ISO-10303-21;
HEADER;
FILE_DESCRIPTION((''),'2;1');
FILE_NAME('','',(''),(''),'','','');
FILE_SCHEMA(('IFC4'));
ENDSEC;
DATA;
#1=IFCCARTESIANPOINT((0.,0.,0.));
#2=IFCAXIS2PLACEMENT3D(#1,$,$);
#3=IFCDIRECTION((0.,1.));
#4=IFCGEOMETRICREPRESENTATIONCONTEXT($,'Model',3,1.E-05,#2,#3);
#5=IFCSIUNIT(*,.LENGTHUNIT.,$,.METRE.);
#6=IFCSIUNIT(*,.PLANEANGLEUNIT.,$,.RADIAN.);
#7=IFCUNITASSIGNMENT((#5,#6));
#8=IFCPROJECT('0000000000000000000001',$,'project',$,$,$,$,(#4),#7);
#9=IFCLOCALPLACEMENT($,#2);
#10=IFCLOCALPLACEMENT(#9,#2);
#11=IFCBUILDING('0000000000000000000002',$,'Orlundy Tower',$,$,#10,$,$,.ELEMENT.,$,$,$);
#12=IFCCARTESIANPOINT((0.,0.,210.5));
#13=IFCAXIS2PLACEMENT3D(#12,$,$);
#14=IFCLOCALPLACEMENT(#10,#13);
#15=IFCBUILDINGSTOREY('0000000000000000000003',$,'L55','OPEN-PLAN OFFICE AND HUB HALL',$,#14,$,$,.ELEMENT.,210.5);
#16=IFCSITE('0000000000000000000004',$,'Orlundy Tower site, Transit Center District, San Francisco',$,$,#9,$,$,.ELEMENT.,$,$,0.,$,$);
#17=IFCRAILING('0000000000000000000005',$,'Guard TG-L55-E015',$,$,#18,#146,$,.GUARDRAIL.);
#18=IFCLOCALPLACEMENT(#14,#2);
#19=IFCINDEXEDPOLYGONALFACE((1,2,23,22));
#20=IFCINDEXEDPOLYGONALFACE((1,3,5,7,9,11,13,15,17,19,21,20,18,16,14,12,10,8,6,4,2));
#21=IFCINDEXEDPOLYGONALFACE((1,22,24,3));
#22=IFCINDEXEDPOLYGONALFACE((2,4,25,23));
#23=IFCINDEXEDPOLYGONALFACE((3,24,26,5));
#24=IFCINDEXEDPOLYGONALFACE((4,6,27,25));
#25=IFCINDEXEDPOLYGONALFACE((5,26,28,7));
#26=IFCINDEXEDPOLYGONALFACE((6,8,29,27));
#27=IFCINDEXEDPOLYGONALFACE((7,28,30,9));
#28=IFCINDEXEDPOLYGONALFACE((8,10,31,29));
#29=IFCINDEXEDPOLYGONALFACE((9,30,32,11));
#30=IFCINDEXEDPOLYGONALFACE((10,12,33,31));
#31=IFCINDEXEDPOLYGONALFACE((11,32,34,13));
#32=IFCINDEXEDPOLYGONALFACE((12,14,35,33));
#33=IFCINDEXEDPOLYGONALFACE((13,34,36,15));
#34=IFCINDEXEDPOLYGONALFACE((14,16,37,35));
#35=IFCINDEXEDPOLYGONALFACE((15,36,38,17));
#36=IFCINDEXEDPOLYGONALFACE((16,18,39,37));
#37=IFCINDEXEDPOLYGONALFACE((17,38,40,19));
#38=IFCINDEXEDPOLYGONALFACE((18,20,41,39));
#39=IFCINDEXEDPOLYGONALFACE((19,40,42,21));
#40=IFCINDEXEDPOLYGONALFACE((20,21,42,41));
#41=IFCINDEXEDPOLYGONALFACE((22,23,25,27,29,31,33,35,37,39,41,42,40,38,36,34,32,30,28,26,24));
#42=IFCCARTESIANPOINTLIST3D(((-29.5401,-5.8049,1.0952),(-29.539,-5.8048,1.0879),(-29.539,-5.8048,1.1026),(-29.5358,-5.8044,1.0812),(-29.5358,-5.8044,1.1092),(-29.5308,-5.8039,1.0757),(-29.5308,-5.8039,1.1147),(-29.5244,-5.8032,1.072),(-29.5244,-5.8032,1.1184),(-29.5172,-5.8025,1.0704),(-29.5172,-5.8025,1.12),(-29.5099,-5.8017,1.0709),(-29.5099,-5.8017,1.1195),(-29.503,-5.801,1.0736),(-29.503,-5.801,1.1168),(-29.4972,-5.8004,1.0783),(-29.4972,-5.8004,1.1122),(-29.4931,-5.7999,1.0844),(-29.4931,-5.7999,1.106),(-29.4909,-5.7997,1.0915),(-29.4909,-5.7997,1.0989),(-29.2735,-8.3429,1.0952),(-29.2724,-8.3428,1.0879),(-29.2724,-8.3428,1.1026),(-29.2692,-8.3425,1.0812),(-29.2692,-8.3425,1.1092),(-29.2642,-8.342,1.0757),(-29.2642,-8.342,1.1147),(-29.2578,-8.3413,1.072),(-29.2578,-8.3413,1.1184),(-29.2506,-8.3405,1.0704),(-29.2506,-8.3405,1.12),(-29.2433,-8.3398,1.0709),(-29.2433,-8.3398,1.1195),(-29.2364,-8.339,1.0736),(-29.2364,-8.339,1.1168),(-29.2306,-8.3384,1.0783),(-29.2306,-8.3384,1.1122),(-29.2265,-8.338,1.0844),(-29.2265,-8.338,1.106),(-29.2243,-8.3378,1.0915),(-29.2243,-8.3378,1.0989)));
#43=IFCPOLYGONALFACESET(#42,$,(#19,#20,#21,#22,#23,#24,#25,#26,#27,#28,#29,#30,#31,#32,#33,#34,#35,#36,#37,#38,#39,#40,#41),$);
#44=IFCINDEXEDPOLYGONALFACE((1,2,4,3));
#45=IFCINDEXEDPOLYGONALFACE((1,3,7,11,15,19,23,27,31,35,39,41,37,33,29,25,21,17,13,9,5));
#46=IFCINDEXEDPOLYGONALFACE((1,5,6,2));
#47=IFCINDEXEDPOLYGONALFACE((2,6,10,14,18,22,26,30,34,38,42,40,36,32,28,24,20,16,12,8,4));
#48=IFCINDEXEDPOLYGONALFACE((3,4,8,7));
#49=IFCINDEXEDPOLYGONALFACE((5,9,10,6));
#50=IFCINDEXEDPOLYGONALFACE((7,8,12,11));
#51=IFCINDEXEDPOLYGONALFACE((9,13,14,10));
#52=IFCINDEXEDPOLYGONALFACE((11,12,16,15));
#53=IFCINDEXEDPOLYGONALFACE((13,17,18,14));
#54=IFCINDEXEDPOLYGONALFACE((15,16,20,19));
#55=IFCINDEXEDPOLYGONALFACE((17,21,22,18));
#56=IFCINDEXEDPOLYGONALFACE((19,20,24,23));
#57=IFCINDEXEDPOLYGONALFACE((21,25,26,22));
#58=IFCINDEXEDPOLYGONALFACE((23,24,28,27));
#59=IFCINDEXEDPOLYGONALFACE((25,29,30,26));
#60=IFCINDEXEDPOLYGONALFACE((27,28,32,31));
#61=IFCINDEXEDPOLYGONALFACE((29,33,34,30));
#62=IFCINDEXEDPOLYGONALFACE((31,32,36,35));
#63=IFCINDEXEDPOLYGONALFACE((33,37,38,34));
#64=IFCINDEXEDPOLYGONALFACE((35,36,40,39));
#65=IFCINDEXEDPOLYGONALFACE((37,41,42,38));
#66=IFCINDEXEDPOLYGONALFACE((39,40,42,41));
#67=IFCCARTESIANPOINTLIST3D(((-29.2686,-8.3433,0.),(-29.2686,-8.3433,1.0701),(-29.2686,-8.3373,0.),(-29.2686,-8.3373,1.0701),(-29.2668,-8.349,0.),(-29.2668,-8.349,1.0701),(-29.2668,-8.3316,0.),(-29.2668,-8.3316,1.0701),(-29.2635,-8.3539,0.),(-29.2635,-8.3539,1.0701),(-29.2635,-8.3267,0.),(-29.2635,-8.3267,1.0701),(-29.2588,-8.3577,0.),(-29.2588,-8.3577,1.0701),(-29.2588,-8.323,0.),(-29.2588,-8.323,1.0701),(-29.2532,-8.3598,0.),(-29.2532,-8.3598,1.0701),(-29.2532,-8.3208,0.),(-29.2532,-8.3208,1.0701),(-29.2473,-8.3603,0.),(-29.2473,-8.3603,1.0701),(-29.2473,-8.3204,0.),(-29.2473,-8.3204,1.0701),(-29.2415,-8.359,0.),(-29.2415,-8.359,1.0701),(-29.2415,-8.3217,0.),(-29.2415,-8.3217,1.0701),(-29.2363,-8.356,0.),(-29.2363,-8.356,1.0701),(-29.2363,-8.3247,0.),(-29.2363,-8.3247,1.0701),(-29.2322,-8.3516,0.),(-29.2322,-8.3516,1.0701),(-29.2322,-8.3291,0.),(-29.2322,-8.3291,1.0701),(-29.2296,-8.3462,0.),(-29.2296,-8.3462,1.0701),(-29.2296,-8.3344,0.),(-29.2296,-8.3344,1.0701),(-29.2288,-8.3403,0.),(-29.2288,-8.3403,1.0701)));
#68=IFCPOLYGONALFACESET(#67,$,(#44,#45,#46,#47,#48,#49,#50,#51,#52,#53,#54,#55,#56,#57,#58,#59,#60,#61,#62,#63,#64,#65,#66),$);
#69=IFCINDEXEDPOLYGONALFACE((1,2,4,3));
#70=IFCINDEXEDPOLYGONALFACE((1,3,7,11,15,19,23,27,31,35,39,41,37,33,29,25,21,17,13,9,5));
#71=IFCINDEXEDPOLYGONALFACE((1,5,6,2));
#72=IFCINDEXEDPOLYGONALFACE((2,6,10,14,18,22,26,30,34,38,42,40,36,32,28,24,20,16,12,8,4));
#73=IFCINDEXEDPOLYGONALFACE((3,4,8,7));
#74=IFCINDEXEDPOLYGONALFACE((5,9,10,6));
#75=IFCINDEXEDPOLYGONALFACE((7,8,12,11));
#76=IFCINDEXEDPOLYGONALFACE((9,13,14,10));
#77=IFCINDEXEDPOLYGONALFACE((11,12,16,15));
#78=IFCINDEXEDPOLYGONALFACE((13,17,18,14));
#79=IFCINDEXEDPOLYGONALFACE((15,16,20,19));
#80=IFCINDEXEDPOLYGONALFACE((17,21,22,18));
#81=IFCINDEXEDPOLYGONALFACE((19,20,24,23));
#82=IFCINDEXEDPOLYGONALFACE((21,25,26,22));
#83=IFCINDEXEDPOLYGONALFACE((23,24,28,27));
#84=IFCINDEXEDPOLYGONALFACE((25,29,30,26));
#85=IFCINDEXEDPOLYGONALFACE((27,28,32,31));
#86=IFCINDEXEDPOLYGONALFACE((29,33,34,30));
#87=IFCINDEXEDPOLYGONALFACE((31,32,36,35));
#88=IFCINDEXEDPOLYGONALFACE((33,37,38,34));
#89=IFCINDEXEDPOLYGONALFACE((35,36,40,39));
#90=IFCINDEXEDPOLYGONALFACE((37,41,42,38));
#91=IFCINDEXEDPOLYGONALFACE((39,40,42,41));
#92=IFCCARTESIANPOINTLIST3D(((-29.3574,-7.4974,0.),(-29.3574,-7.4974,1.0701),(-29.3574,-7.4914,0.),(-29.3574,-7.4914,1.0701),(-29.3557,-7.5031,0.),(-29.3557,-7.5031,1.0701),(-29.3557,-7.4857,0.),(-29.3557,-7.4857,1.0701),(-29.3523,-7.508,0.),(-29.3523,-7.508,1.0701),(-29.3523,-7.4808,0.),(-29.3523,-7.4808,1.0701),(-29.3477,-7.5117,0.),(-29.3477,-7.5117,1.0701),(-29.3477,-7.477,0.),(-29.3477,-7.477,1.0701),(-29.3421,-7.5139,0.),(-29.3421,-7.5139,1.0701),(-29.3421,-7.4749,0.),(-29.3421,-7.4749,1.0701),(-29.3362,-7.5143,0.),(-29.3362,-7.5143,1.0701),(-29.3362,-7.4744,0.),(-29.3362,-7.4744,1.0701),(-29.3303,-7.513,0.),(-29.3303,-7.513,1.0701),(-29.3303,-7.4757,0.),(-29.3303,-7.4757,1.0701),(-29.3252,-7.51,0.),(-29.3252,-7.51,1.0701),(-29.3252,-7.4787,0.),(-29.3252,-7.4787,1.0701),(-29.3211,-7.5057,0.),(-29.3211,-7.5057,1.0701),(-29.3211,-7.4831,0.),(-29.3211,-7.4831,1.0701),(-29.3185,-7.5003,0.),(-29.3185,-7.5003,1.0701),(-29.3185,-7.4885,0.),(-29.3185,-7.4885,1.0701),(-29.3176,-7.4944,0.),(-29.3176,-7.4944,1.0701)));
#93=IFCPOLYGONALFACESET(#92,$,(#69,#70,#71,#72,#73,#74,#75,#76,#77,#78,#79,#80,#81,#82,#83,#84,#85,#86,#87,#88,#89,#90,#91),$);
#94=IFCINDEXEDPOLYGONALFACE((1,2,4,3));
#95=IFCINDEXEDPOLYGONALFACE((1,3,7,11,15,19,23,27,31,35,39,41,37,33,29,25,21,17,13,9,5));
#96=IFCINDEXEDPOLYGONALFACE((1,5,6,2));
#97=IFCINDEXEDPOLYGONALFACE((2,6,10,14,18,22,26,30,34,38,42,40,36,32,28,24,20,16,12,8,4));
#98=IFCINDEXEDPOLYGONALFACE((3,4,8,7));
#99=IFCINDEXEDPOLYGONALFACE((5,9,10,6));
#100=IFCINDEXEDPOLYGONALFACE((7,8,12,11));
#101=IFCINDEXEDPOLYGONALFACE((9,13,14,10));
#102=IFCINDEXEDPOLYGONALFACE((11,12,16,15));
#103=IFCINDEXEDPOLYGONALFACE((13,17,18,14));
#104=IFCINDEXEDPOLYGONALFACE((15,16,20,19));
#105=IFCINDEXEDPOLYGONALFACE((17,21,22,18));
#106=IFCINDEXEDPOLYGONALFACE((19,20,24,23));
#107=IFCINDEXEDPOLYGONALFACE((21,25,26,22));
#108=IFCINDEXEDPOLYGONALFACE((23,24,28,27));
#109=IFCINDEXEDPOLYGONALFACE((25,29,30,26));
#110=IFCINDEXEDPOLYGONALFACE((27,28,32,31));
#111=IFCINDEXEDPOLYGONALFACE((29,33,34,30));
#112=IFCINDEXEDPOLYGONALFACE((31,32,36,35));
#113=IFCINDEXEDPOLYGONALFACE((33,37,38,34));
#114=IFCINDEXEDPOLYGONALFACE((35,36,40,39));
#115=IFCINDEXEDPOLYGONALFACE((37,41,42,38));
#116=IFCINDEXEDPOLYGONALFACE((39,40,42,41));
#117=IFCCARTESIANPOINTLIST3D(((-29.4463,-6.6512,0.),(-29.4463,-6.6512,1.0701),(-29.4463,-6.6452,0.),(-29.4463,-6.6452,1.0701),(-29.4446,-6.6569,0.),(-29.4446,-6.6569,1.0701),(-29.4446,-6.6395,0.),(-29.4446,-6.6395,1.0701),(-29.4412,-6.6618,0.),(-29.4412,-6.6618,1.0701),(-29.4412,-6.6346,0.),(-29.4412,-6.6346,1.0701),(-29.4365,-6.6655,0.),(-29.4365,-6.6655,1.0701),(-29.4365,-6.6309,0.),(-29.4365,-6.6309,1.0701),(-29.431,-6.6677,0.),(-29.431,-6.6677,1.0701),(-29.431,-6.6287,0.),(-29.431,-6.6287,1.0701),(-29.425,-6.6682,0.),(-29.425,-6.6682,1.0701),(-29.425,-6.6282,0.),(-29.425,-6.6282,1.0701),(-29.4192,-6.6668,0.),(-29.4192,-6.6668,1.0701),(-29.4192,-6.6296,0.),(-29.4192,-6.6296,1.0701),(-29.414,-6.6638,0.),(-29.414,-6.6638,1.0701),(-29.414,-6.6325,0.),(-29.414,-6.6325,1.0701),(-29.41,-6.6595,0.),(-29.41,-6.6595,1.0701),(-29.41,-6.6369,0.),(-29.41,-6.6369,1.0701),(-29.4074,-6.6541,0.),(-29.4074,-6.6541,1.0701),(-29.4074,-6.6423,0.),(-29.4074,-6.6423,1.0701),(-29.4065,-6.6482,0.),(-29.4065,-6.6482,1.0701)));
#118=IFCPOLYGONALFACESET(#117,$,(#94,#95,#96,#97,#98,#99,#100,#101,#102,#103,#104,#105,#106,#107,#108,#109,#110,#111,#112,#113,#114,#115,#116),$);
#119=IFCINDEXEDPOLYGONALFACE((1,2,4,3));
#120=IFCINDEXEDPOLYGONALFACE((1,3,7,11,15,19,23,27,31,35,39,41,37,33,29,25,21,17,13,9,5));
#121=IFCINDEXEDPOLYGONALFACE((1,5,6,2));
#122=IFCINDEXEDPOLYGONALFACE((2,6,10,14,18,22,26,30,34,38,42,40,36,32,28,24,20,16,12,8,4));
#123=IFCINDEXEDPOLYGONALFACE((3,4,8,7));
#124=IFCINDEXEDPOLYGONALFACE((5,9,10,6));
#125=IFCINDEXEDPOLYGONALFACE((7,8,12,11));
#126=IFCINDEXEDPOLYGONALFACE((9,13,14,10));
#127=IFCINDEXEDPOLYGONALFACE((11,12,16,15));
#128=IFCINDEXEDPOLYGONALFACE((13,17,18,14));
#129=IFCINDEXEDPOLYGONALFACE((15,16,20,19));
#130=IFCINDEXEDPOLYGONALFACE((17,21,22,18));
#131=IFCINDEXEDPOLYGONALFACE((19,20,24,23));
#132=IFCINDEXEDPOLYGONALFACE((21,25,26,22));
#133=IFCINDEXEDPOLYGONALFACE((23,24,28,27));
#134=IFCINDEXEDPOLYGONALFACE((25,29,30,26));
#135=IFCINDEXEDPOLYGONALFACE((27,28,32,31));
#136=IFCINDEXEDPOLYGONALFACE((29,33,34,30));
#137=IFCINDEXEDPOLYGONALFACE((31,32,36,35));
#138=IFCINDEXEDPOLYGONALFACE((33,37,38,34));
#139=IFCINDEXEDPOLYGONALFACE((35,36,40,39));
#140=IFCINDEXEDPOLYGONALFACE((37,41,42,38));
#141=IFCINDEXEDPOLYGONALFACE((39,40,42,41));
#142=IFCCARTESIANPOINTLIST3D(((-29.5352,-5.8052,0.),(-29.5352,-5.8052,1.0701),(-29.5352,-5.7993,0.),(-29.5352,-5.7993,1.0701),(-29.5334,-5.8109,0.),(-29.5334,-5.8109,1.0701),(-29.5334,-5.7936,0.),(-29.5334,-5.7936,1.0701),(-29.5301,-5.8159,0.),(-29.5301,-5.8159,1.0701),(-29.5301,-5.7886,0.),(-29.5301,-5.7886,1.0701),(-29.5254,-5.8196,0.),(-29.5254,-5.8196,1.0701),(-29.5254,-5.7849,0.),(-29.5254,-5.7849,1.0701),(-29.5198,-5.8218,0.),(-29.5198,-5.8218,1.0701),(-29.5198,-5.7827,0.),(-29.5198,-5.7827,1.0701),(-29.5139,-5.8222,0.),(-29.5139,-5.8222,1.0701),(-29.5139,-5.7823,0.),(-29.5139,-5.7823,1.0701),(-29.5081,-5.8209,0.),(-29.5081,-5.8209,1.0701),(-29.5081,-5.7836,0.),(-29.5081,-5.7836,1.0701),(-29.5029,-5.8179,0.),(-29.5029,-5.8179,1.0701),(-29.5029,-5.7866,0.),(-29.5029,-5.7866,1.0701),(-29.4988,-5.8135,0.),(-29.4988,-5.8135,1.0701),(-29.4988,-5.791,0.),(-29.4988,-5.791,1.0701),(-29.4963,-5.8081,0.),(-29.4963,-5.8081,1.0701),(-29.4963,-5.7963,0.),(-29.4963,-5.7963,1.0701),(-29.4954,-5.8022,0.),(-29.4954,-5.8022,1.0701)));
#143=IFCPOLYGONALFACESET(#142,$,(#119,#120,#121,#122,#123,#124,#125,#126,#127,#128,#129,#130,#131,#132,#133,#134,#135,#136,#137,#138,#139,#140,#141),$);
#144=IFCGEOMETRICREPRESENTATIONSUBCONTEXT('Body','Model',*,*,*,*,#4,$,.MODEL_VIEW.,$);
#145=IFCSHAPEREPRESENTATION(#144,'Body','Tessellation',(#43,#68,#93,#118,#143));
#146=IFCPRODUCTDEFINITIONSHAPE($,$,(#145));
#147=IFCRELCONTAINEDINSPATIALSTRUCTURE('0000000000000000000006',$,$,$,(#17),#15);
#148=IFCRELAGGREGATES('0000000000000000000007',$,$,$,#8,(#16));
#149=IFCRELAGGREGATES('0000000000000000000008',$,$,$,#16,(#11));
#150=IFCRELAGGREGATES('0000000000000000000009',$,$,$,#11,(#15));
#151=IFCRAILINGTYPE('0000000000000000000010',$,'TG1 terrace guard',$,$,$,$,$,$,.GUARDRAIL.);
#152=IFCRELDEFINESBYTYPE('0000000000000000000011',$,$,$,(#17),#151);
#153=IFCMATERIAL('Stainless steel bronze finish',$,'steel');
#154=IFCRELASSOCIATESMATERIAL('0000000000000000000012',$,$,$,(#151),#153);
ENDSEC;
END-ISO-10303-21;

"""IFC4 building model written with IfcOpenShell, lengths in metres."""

from ifc_helpers import new_model, si_unit, direction, frame, origin, origin_2d, place, context, subcontext, project, spatial, circle, extrude, material, type_object, element, save


model = new_model("IFC4")

# Units and contexts
model_context = context("Model", 3, precision=1e-05, world=origin(), true_north=direction((0.0, 1.0)))
body_context = subcontext(model_context, "Body", "Model", "MODEL_VIEW")
ifc_project = project(units=[si_unit("LENGTHUNIT", "METRE"), si_unit("PLANEANGLEUNIT", "RADIAN")], contexts=[model_context])

# Site, building, storey
site_placement = place(None, origin())
site = spatial("IfcSite", under=ifc_project, at=site_placement, Name="Orlundy Tower site, Transit Center District, San Francisco", CompositionType="ELEMENT", RefElevation=0.0)
building_placement = place(site_placement, origin())
building = spatial("IfcBuilding", under=site, at=building_placement, Name="Orlundy Tower", CompositionType="ELEMENT")
storey_placement = place(building_placement, frame((0.0, 0.0, 210.5)))
storey = spatial("IfcBuildingStorey", under=building, at=storey_placement, Name="L55", Description="OPEN-PLAN OFFICE AND HUB HALL", CompositionType="ELEMENT", Elevation=210.5)

# Railing
ifc_material_1 = material(Name="Stainless steel bronze finish", Category="steel")
railing_type = type_object("IfcRailingType", Name="TG1 terrace guard", PredefinedType="GUARDRAIL", material=ifc_material_1)
railing_1_placement = place(storey_placement, frame((-29.2488, -8.3403, 0.0)))
element("IfcRailing", 1, at=railing_1_placement, inside=storey, type_object=railing_type, Name="Guard TG-L55-E015", PredefinedType="GUARDRAIL", context=body_context, shape_type="SweptSolid", body=[
    extrude(circle(Radius=0.0249, at=origin_2d()), frame((0.0, 0.0, 1.0952), z_axis=(-0.104466, 0.994528, 0.0), x_axis=(-0.994528, -0.104466, 0.0)), (0.0, 0.0, 1.0), 2.552),
    extrude(circle(Radius=0.02, at=origin_2d()), origin(), (0.0, 0.0, 1.0), 1.0701),
    extrude(circle(Radius=0.02, at=origin_2d()), frame((-0.0889, 0.8459, 0.0)), (0.0, 0.0, 1.0), 1.0701),
    extrude(circle(Radius=0.02, at=origin_2d()), frame((-0.1777, 1.6921, 0.0)), (0.0, 0.0, 1.0), 1.0701),
    extrude(circle(Radius=0.02, at=origin_2d()), frame((-0.2666, 2.5381, 0.0)), (0.0, 0.0, 1.0), 1.0701),
])

save(model, "model.ifc")
